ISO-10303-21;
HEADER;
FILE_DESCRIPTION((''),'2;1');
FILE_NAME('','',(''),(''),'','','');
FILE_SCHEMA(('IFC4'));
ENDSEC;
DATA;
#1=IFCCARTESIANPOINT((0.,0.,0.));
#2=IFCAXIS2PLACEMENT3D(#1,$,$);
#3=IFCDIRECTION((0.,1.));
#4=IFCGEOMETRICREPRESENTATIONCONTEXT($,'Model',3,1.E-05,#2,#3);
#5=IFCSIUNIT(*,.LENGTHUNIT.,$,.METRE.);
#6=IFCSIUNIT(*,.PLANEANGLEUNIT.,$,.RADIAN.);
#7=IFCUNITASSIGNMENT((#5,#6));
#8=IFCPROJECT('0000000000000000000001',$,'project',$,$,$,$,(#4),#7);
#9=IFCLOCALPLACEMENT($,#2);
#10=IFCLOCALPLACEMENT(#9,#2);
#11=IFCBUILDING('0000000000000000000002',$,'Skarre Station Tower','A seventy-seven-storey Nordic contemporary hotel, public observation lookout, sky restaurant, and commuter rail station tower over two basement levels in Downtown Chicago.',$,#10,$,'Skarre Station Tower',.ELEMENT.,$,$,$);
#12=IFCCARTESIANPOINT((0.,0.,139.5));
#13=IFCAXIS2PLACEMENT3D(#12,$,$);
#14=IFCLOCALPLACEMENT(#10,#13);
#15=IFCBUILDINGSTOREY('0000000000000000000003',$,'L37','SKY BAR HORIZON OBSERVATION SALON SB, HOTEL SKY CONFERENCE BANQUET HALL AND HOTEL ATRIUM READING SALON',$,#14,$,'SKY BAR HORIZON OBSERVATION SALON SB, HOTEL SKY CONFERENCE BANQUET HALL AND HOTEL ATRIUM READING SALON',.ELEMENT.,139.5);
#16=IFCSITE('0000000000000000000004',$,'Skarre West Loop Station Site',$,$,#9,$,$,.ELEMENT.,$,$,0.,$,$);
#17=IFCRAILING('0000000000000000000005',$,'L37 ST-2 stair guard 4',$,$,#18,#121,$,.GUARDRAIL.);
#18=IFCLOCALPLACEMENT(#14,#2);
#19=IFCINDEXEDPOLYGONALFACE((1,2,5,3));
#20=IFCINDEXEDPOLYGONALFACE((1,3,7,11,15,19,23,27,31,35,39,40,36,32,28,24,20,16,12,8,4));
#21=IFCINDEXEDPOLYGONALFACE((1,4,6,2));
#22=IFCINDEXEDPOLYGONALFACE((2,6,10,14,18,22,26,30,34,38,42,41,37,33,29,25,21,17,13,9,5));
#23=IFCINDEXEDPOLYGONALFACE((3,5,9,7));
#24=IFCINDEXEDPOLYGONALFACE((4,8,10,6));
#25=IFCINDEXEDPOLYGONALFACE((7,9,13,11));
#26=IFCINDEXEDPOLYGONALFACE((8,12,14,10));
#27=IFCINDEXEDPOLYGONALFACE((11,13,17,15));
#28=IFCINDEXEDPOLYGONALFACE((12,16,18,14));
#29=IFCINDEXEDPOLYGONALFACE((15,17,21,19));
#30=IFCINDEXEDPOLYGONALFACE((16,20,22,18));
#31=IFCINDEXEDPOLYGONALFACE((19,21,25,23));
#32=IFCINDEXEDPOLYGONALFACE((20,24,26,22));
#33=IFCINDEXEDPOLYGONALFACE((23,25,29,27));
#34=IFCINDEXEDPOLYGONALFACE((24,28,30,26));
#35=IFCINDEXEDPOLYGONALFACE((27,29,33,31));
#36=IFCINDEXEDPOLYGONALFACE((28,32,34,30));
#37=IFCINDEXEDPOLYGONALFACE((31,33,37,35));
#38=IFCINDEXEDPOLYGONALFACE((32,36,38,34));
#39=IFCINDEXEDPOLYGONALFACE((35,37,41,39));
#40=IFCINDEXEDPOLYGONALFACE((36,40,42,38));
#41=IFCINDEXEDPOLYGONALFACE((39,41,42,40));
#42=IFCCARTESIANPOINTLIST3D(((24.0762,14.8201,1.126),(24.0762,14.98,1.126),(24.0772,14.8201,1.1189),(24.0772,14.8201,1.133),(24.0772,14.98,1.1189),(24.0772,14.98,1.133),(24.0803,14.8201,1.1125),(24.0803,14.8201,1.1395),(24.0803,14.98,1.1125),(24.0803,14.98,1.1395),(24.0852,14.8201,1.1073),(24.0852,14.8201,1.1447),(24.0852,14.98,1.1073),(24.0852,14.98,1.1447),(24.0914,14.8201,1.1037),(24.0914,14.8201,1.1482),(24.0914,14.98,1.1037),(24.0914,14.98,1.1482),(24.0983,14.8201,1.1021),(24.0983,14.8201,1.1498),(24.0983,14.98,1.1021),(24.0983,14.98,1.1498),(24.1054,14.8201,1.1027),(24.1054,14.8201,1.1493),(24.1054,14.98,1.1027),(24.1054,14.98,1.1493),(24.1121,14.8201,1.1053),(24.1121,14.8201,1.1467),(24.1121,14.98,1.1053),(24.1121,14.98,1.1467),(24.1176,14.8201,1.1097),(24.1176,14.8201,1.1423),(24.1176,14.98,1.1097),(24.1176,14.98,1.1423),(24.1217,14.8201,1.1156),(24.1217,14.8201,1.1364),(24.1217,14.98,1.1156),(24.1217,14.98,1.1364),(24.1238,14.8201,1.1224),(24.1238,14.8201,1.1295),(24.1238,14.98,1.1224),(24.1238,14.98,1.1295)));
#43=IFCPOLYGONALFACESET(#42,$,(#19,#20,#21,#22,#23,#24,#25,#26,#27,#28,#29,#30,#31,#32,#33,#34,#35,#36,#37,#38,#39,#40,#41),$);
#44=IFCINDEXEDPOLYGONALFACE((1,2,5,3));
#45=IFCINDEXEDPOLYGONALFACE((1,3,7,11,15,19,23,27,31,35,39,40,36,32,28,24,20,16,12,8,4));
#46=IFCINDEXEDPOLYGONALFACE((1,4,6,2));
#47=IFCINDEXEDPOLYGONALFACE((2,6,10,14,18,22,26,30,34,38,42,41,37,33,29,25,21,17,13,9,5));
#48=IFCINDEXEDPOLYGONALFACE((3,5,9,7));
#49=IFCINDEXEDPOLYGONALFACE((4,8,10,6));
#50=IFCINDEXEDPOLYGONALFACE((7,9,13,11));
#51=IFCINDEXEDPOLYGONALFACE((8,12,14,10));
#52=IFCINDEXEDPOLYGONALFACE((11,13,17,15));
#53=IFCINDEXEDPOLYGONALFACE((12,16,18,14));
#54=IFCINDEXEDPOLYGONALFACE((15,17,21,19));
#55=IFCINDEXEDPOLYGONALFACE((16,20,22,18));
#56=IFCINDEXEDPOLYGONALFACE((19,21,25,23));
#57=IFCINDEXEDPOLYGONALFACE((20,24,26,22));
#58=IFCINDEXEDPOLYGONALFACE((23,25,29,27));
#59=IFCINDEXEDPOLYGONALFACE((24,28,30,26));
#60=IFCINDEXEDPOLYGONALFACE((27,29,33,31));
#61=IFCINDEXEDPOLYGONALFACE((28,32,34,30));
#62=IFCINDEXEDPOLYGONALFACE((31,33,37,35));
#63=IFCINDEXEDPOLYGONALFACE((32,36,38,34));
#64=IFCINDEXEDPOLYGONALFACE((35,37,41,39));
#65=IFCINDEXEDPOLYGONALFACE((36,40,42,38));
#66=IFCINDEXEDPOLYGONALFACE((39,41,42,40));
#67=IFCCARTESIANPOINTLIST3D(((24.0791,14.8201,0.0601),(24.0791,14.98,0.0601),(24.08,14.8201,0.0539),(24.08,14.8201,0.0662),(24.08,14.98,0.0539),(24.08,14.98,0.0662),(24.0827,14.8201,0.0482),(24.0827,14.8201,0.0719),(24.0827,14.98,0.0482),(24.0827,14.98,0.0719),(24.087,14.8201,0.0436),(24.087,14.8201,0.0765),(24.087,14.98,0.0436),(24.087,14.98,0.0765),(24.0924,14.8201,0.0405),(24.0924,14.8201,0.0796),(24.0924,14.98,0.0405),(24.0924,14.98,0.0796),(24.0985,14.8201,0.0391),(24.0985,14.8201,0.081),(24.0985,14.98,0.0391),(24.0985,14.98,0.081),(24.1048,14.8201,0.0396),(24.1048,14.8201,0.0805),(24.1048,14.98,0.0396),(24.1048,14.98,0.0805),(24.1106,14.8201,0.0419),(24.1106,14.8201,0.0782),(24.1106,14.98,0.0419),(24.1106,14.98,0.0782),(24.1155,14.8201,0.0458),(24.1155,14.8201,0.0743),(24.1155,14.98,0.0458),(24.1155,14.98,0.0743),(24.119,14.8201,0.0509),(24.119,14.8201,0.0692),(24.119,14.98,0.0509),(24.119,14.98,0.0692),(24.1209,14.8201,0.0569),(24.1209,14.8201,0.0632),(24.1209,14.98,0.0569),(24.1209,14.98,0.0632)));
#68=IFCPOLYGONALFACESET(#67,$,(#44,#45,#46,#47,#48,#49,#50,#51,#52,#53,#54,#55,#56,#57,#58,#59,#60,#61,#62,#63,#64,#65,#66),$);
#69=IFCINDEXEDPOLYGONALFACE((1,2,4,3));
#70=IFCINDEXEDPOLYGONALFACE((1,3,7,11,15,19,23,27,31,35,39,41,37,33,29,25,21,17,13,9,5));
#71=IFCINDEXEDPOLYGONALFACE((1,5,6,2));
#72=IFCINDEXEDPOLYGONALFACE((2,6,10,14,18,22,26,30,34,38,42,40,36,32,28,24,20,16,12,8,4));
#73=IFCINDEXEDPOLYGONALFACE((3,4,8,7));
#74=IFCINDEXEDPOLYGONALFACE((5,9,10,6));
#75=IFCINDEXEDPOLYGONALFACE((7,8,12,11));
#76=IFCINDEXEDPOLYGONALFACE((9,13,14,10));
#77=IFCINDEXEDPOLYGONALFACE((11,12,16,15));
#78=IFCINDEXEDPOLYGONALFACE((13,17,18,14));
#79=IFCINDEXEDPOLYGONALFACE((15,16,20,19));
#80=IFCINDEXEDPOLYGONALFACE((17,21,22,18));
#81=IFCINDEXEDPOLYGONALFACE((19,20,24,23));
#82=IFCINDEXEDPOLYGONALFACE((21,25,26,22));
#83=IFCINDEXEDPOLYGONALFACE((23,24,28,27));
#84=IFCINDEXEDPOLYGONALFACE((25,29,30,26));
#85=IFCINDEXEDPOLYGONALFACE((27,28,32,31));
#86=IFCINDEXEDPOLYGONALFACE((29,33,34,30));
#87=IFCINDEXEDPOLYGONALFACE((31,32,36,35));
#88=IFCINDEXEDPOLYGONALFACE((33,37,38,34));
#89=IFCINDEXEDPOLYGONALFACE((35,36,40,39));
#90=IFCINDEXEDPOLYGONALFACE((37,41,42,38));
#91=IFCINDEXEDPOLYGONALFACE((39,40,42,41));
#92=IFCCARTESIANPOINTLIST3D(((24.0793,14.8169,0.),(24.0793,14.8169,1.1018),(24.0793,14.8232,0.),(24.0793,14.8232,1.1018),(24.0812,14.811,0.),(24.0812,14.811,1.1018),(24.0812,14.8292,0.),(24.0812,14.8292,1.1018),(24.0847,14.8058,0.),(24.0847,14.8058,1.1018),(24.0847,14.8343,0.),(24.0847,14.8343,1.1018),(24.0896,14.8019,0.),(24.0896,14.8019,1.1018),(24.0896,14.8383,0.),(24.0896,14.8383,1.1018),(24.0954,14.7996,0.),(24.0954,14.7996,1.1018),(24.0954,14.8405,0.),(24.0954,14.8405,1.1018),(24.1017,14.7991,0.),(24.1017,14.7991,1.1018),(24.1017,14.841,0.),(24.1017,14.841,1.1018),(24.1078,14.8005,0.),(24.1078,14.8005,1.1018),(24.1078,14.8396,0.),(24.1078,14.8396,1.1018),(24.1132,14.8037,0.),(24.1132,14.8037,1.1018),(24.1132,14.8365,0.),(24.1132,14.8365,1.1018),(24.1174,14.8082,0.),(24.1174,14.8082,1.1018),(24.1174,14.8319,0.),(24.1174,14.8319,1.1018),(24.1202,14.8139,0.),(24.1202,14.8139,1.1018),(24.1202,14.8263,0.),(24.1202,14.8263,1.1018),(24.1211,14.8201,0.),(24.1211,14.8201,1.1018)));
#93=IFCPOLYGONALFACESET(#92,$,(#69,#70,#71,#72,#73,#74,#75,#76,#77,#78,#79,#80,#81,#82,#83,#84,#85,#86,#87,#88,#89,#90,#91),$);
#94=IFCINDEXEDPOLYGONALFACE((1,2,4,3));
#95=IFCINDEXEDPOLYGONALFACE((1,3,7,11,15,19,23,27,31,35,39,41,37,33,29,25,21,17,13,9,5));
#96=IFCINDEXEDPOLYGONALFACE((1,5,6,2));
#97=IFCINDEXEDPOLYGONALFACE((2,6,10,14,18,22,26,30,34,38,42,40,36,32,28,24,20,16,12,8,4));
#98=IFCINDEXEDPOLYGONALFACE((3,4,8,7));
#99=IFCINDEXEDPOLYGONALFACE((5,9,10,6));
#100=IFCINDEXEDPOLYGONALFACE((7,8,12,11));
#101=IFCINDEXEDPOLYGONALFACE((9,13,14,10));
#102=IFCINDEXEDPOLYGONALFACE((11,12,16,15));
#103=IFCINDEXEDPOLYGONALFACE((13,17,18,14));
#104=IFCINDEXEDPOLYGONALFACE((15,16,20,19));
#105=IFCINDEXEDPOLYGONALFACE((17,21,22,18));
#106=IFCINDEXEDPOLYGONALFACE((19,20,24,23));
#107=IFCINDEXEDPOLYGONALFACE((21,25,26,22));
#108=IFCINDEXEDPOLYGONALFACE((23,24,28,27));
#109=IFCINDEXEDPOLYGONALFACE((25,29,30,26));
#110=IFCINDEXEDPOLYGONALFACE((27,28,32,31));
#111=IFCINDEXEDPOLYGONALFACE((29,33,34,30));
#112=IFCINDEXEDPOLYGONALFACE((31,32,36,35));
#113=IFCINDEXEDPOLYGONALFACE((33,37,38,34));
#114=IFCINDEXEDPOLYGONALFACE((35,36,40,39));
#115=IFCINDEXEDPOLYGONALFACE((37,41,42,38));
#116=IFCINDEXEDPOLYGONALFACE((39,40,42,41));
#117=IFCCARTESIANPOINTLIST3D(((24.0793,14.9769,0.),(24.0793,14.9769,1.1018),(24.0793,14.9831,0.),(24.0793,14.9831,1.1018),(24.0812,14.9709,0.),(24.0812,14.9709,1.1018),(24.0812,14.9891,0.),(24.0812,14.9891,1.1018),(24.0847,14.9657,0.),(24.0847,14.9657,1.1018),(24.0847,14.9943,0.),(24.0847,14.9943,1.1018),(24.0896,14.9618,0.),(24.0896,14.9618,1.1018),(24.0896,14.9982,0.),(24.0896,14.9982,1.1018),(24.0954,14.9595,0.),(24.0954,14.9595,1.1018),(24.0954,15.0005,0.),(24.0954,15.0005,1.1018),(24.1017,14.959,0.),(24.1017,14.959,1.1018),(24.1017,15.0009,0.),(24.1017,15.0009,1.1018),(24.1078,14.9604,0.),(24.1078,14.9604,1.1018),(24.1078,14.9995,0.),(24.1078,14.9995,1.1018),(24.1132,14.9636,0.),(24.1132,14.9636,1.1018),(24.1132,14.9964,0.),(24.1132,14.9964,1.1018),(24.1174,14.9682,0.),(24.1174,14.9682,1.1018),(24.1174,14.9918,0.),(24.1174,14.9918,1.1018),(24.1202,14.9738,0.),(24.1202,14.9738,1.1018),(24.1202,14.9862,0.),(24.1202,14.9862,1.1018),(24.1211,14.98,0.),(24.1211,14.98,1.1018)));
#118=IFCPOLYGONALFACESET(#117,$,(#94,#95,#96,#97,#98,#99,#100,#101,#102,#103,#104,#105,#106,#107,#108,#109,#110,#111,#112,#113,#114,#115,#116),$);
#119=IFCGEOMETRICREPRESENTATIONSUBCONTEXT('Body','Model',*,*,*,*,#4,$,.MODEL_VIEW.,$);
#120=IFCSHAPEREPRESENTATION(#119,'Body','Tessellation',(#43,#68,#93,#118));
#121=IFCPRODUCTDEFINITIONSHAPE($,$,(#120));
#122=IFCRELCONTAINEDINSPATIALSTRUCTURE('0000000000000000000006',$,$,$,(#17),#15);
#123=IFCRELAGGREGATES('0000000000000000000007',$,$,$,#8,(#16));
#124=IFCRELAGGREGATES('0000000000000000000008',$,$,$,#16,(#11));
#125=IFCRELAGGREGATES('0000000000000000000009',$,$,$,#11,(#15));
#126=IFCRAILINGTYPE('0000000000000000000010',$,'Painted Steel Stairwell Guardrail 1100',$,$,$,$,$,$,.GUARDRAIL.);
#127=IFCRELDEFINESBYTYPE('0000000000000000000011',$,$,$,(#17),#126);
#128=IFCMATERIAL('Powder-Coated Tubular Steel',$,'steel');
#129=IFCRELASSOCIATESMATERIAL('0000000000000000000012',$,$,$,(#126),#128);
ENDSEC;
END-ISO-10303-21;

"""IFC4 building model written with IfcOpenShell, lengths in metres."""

from ifc_helpers import new_model, si_unit, direction, frame, origin, origin_2d, place, context, subcontext, project, spatial, circle, extrude, material, type_object, element, save


model = new_model("IFC4")

# Units and contexts
model_context = context("Model", 3, precision=1e-05, world=origin(), true_north=direction((0.0, 1.0)))
body_context = subcontext(model_context, "Body", "Model", "MODEL_VIEW")
ifc_project = project(units=[si_unit("LENGTHUNIT", "METRE"), si_unit("PLANEANGLEUNIT", "RADIAN")], contexts=[model_context])

# Site, building, storey
site_placement = place(None, origin())
site = spatial("IfcSite", under=ifc_project, at=site_placement, Name="Skarre West Loop Station Site", CompositionType="ELEMENT", RefElevation=0.0)
building_placement = place(site_placement, origin())
building = spatial("IfcBuilding", under=site, at=building_placement, Name="Skarre Station Tower", Description="A seventy-seven-storey Nordic contemporary hotel, public observation lookout, sky restaurant, and commuter rail station tower over two basement levels in Downtown Chicago.", LongName="Skarre Station Tower", CompositionType="ELEMENT")
storey_placement = place(building_placement, frame((0.0, 0.0, 139.5)))
storey = spatial("IfcBuildingStorey", under=building, at=storey_placement, Name="L37", Description="SKY BAR HORIZON OBSERVATION SALON SB, HOTEL SKY CONFERENCE BANQUET HALL AND HOTEL ATRIUM READING SALON", LongName="SKY BAR HORIZON OBSERVATION SALON SB, HOTEL SKY CONFERENCE BANQUET HALL AND HOTEL ATRIUM READING SALON", CompositionType="ELEMENT", Elevation=139.5)

# Railing
ifc_material_1 = material(Name="Powder-Coated Tubular Steel", Category="steel")
railing_type_1 = type_object("IfcRailingType", Name="Painted Steel Stairwell Guardrail 1100", PredefinedType="GUARDRAIL", material=ifc_material_1)
railing_1_placement = place(storey_placement, frame((24.1001, 14.8201, 0.0)))
element("IfcRailing", 1, at=railing_1_placement, inside=storey, type_object=railing_type_1, Name="L37 ST-2 stair guard 4", PredefinedType="GUARDRAIL", context=body_context, shape_type="SweptSolid", body=[
    extrude(circle(Radius=0.0239, at=origin_2d()), frame((0.0, 0.0, 1.126), z_axis=(0.0, 1.0, 0.0), x_axis=(-1.0, 0.0, 0.0)), (0.0, 0.0, 1.0), 0.1599),
    extrude(circle(Radius=0.021, at=origin_2d()), frame((0.0, 0.0, 0.0601), z_axis=(0.0, 1.0, 0.0), x_axis=(-1.0, 0.0, 0.0)), (0.0, 0.0, 1.0), 0.1599),
    extrude(circle(Radius=0.021, at=origin_2d()), origin(), (0.0, 0.0, 1.0), 1.1018),
    extrude(circle(Radius=0.021, at=origin_2d()), frame((0.0, 0.1599, 0.0)), (0.0, 0.0, 1.0), 1.1018),
])

save(model, "model.ifc")
